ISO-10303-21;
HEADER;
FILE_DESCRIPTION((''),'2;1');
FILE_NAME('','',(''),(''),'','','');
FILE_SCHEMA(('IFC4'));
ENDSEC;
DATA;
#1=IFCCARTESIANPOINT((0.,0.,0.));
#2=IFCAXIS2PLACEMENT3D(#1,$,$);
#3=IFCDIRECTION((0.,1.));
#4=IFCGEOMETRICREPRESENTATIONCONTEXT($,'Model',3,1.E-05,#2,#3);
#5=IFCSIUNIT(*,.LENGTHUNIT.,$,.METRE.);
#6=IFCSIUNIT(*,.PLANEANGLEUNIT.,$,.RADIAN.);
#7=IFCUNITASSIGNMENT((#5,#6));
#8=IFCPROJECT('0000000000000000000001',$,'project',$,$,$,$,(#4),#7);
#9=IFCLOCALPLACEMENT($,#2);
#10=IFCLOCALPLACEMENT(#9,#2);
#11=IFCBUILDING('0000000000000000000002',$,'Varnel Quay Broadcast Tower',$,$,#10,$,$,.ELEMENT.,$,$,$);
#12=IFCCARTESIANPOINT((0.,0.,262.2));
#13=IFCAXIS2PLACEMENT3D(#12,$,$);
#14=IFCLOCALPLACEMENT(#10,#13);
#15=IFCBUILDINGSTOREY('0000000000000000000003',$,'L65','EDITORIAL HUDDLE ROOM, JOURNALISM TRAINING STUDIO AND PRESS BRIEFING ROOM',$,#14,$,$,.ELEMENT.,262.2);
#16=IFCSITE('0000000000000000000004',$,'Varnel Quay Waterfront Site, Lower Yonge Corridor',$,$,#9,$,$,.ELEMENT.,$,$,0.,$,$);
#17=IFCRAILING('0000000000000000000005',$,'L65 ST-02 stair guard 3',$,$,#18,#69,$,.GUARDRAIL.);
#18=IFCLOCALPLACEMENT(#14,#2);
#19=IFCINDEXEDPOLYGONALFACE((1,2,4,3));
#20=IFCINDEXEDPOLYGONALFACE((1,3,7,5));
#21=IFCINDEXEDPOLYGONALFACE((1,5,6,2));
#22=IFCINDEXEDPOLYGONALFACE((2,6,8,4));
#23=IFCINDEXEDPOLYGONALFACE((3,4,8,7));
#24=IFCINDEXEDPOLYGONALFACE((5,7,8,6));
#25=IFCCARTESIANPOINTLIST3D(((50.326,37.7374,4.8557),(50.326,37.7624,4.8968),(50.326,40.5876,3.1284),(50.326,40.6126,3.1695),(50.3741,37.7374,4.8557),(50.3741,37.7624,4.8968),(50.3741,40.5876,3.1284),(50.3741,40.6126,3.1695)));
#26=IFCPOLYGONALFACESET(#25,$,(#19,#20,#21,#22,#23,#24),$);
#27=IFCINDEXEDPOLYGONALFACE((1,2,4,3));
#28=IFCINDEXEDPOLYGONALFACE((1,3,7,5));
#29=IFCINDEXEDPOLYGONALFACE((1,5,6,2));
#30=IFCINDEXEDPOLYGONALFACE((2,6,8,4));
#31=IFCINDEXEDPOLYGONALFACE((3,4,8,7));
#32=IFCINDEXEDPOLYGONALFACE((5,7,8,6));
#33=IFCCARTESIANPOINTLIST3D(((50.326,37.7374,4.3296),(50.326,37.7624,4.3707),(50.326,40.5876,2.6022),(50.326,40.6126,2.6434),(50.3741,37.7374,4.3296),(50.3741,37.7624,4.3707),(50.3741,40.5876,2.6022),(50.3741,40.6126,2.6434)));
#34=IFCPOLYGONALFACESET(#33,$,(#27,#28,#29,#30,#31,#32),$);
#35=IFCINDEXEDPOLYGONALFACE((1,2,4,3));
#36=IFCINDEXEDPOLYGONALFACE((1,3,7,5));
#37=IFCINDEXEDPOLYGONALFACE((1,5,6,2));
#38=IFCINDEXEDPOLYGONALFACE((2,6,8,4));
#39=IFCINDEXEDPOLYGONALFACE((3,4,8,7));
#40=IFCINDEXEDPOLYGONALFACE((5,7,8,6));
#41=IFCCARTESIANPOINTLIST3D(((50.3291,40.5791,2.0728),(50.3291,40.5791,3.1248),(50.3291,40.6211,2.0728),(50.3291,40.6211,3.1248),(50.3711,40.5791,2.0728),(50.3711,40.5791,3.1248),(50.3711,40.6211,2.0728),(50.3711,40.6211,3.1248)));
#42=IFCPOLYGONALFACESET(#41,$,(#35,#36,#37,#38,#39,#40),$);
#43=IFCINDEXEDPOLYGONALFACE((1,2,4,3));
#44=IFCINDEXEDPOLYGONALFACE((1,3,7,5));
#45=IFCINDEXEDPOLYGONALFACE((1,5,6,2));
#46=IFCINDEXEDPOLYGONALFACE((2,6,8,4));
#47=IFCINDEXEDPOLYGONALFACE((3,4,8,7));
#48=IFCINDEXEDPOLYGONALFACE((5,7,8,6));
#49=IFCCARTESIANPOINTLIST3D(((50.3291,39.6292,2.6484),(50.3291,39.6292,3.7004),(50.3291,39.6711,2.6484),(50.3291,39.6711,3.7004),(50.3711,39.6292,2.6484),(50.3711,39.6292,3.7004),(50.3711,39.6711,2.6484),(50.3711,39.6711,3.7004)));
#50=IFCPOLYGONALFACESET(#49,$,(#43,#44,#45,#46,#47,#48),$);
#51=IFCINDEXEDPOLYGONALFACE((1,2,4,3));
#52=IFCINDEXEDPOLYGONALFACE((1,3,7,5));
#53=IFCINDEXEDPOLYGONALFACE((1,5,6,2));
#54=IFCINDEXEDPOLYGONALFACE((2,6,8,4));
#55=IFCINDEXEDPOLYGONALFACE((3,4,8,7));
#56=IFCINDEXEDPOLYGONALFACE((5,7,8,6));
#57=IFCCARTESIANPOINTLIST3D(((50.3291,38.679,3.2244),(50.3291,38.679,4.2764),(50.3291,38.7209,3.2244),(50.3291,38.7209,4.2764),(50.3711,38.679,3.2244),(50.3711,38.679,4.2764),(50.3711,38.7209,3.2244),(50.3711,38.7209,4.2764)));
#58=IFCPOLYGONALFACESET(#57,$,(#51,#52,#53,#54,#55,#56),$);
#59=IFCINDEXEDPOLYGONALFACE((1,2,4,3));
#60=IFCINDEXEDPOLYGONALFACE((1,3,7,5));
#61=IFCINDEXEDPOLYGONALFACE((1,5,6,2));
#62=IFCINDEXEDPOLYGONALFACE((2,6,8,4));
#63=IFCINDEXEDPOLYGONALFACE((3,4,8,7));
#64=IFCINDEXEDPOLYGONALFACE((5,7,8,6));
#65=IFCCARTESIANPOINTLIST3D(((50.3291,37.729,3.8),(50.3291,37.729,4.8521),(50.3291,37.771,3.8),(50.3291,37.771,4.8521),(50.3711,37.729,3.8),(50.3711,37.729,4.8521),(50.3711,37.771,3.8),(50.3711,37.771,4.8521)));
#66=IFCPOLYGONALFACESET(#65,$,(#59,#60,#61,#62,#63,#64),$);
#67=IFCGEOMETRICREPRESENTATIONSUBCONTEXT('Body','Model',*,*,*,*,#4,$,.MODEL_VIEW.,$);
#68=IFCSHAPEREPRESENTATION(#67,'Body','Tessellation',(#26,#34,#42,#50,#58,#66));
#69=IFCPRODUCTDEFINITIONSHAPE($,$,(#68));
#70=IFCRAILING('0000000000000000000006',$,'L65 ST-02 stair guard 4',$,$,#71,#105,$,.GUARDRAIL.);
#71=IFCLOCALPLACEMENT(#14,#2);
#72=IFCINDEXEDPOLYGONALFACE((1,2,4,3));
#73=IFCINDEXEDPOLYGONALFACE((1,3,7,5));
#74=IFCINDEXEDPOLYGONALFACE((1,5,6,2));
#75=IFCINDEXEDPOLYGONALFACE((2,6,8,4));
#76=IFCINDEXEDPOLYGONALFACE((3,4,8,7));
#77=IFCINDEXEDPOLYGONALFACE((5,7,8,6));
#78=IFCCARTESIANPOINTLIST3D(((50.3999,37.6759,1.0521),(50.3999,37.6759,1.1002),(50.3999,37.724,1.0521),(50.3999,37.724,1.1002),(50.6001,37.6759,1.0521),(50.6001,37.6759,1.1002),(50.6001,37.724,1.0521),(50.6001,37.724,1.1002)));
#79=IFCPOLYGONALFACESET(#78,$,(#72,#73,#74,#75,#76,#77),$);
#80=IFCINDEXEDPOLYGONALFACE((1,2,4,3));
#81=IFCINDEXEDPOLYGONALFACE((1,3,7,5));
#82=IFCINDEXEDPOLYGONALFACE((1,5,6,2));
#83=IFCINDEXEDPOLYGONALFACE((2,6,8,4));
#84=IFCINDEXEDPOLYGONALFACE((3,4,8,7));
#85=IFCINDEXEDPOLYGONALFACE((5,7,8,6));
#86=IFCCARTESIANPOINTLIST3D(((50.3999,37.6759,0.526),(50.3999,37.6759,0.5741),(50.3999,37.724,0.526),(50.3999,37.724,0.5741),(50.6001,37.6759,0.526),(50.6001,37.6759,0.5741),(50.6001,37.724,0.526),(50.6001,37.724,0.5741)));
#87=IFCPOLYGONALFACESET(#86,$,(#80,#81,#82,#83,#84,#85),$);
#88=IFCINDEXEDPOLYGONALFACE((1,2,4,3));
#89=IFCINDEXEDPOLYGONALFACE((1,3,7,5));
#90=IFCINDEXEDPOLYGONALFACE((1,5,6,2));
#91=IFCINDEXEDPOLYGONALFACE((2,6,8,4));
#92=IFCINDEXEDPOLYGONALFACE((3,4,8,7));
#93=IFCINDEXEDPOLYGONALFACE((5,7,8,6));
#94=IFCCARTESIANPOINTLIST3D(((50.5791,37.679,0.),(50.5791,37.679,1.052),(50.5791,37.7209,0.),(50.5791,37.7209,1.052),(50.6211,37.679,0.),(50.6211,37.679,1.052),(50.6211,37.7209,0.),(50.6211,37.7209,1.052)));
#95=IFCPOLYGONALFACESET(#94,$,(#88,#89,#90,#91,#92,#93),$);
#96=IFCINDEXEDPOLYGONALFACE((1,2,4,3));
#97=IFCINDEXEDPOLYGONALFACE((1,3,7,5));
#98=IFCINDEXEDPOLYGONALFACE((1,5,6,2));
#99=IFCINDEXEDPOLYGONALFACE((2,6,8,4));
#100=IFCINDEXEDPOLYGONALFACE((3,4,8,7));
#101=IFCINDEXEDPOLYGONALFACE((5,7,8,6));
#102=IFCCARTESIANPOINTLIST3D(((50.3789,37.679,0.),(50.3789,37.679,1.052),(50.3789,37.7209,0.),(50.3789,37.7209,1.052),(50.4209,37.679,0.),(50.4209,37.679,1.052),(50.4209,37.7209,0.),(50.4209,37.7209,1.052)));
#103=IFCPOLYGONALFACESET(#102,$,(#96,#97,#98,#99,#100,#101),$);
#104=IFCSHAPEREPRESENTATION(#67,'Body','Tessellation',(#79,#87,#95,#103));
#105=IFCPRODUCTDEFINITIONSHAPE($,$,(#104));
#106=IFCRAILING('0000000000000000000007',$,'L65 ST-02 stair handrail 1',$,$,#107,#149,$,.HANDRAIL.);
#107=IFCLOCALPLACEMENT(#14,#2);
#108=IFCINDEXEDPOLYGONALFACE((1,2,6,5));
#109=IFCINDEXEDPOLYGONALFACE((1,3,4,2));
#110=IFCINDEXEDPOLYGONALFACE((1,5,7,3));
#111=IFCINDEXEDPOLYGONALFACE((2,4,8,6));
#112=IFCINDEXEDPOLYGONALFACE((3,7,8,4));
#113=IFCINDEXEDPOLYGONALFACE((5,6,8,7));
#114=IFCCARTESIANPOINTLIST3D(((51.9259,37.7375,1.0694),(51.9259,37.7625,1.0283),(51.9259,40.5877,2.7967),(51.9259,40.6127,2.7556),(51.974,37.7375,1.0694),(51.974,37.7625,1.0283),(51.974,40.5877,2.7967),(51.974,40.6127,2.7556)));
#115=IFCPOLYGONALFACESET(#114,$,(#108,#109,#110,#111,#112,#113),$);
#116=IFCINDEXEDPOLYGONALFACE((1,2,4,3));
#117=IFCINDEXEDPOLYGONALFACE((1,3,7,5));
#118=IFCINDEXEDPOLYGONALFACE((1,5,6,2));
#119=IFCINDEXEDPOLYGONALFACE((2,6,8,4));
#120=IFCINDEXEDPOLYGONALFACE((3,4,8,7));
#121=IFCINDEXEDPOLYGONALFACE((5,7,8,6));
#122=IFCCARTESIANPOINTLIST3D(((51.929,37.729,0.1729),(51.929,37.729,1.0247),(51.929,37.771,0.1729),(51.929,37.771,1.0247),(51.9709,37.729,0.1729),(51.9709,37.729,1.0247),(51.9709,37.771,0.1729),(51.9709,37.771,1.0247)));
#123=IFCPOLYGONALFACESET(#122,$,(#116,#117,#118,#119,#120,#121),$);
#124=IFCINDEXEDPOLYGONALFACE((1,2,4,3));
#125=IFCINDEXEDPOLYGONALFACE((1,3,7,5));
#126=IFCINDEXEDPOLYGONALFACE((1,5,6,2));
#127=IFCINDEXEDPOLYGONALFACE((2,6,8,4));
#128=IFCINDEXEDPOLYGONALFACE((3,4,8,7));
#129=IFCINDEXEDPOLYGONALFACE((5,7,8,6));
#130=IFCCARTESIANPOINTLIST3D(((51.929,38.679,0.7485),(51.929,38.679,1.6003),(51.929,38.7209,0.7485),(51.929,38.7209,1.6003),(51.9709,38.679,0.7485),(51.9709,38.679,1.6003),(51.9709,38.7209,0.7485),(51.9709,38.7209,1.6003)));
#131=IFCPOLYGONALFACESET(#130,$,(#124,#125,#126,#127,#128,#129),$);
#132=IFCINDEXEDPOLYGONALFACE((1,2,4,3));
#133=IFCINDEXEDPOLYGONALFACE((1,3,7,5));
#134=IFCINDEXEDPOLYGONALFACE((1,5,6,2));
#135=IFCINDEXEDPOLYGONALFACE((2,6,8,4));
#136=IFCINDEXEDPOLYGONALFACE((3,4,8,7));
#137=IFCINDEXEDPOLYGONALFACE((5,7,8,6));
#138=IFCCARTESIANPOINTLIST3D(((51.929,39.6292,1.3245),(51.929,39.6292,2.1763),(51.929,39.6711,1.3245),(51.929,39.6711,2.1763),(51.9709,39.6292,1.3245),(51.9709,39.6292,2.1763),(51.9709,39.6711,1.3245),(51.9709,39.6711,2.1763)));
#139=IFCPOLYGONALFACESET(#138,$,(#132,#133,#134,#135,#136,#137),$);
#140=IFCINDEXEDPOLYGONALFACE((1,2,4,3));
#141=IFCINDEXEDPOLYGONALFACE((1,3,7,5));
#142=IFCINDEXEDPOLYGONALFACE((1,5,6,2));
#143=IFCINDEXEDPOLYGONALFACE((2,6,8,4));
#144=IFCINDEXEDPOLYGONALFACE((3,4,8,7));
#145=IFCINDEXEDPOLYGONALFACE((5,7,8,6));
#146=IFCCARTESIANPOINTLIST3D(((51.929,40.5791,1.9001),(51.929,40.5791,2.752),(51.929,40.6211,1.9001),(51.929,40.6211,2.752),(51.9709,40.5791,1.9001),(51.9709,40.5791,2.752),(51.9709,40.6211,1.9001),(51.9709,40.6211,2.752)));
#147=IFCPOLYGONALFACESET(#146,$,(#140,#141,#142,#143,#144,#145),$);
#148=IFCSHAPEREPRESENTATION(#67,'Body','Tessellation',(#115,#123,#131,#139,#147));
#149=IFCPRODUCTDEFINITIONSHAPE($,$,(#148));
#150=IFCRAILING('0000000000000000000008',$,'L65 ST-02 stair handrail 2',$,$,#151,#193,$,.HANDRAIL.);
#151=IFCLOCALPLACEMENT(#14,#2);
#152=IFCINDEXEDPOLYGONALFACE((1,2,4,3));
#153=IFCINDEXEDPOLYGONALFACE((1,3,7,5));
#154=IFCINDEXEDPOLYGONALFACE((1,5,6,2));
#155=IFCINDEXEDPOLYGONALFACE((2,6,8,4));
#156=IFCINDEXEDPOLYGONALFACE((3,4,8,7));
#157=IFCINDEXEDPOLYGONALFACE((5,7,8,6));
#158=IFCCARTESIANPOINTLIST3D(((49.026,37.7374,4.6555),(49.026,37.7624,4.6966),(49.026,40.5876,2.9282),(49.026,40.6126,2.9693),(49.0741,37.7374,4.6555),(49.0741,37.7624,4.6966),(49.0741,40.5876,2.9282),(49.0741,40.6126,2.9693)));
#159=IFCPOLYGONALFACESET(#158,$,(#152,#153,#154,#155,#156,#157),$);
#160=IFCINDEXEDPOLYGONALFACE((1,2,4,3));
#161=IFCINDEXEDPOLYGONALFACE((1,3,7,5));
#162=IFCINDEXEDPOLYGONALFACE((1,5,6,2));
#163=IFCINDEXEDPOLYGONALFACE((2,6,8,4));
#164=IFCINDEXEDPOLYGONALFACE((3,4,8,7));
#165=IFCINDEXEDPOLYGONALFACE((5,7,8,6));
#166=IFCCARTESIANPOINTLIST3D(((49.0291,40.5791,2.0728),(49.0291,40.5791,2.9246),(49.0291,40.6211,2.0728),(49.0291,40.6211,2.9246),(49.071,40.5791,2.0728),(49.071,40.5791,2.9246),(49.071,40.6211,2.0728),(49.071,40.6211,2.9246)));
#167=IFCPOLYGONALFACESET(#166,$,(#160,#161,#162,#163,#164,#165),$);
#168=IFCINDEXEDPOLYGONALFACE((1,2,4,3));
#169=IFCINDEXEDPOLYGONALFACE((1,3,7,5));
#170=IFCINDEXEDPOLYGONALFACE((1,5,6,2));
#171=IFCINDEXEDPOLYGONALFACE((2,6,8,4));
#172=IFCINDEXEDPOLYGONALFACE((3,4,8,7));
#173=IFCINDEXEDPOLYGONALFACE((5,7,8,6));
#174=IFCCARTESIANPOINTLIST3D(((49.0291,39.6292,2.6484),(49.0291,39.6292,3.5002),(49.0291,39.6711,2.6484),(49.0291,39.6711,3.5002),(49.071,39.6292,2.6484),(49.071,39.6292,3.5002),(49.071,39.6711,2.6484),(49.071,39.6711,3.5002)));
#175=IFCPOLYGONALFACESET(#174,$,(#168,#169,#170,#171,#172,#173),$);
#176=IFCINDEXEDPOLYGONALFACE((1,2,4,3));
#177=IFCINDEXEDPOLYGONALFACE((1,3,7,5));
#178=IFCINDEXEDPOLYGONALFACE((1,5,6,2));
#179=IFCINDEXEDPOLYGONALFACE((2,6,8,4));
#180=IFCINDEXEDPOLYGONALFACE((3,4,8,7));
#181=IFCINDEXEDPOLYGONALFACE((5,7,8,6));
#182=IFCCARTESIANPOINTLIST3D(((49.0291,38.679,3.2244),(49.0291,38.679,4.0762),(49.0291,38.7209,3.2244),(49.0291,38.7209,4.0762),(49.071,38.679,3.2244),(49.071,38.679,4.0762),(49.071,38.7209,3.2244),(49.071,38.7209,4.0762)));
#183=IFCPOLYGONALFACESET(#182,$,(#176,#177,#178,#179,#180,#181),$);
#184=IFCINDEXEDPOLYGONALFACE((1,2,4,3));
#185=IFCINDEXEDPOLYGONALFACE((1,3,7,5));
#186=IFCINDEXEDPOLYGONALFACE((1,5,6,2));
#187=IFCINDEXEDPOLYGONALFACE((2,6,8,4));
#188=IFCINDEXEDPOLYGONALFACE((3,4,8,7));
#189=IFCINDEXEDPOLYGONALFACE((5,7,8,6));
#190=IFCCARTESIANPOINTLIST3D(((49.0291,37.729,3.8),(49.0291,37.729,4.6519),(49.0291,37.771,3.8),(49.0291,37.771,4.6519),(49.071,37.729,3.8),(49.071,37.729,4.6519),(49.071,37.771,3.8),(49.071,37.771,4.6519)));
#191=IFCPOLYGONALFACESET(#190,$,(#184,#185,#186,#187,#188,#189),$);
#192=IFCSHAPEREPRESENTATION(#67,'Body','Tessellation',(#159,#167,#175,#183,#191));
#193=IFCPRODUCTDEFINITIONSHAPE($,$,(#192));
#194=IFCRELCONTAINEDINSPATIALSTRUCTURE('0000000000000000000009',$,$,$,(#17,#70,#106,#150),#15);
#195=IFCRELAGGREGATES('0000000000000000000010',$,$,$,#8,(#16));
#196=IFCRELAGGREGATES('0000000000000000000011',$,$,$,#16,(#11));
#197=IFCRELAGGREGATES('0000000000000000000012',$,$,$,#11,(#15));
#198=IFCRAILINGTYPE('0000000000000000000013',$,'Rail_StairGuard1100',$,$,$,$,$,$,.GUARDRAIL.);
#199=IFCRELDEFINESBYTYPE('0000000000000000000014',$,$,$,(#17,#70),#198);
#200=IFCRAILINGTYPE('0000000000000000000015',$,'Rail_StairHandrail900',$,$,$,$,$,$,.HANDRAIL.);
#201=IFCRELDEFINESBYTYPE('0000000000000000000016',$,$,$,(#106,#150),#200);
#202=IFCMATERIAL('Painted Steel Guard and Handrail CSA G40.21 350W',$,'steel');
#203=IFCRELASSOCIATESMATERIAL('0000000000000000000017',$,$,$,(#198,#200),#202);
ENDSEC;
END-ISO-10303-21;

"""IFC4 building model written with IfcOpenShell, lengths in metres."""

from ifc_helpers import new_model, si_unit, direction, frame, origin, origin_2d, place, context, subcontext, project, spatial, rectangle, extrude, material, type_object, element, save


model = new_model("IFC4")

# Units and contexts
model_context = context("Model", 3, precision=1e-05, world=origin(), true_north=direction((0.0, 1.0)))
body_context = subcontext(model_context, "Body", "Model", "MODEL_VIEW")
ifc_project = project(units=[si_unit("LENGTHUNIT", "METRE"), si_unit("PLANEANGLEUNIT", "RADIAN")], contexts=[model_context])

# Site, building, storey
site_placement = place(None, origin())
site = spatial("IfcSite", under=ifc_project, at=site_placement, Name="Varnel Quay Waterfront Site, Lower Yonge Corridor", CompositionType="ELEMENT", RefElevation=0.0)
building_placement = place(site_placement, origin())
building = spatial("IfcBuilding", under=site, at=building_placement, Name="Varnel Quay Broadcast Tower", CompositionType="ELEMENT")
storey_placement = place(building_placement, frame((0.0, 0.0, 262.2)))
storey = spatial("IfcBuildingStorey", under=building, at=storey_placement, Name="L65", Description="EDITORIAL HUDDLE ROOM, JOURNALISM TRAINING STUDIO AND PRESS BRIEFING ROOM", CompositionType="ELEMENT", Elevation=262.2)

# Railings
ifc_material_1 = material(Name="Painted Steel Guard and Handrail CSA G40.21 350W", Category="steel")
railing_type_1 = type_object("IfcRailingType", Name="Rail_StairGuard1100", PredefinedType="GUARDRAIL", material=ifc_material_1)
railing_1_placement = place(storey_placement, frame((50.3501, 40.6001, 2.0728)))
element("IfcRailing", 1, at=railing_1_placement, inside=storey, type_object=railing_type_1, Name="L65 ST-02 stair guard 3", PredefinedType="GUARDRAIL", context=body_context, shape_type="SweptSolid", body=[
    extrude(rectangle(XDim=0.0481, YDim=0.0481, at=origin_2d()), frame((0.0, 0.0, 1.0762), z_axis=(0.0, -0.855203, 0.518294), x_axis=(1.0, 0.0, 0.0)), (0.0, 0.0, 1.0), 3.3328),
    extrude(rectangle(XDim=0.0481, YDim=0.0481, at=origin_2d()), frame((0.0, 0.0, 0.55), z_axis=(0.0, -0.855203, 0.518294), x_axis=(1.0, 0.0, 0.0)), (0.0, 0.0, 1.0), 3.3328),
    extrude(rectangle(XDim=0.042, YDim=0.042, at=origin_2d()), origin(), (0.0, 0.0, 1.0), 1.052),
    extrude(rectangle(XDim=0.042, YDim=0.042, at=origin_2d()), frame((0.0, -0.95, 0.5757)), (0.0, 0.0, 1.0), 1.052),
    extrude(rectangle(XDim=0.042, YDim=0.042, at=origin_2d()), frame((0.0, -1.9001, 1.1516)), (0.0, 0.0, 1.0), 1.052),
    extrude(rectangle(XDim=0.042, YDim=0.042, at=origin_2d()), frame((0.0, -2.8501, 1.7273)), (0.0, 0.0, 1.0), 1.052),
])
railing_2_placement = place(storey_placement, frame((50.6001, 37.7, 0.0)))
element("IfcRailing", 2, at=railing_2_placement, inside=storey, type_object=railing_type_1, Name="L65 ST-02 stair guard 4", PredefinedType="GUARDRAIL", context=body_context, shape_type="SweptSolid", body=[
    extrude(rectangle(XDim=0.0481, YDim=0.0481, at=origin_2d()), frame((0.0, 0.0, 1.0762), z_axis=(-1.0, 0.0, 0.0), x_axis=(0.0, -1.0, 0.0)), (0.0, 0.0, 1.0), 0.2002),
    extrude(rectangle(XDim=0.0481, YDim=0.0481, at=origin_2d()), frame((0.0, 0.0, 0.55), z_axis=(-1.0, 0.0, 0.0), x_axis=(0.0, -1.0, 0.0)), (0.0, 0.0, 1.0), 0.2002),
    extrude(rectangle(XDim=0.042, YDim=0.042, at=origin_2d()), origin(), (0.0, 0.0, 1.0), 1.052),
    extrude(rectangle(XDim=0.042, YDim=0.042, at=origin_2d()), frame((-0.2002, 0.0, 0.0)), (0.0, 0.0, 1.0), 1.052),
])
railing_type_2 = type_object("IfcRailingType", Name="Rail_StairHandrail900", PredefinedType="HANDRAIL", material=ifc_material_1)
railing_3_placement = place(storey_placement, frame((51.95, 37.75, 0.1729)))
element("IfcRailing", 3, at=railing_3_placement, inside=storey, type_object=railing_type_2, Name="L65 ST-02 stair handrail 1", PredefinedType="HANDRAIL", context=body_context, shape_type="SweptSolid", body=[
    extrude(rectangle(XDim=0.0481, YDim=0.0481, at=origin_2d()), frame((0.0, 0.0, 0.876), z_axis=(0.0, 0.855203, 0.518294), x_axis=(-1.0, 0.0, 0.0)), (0.0, 0.0, 1.0), 3.3328),
    extrude(rectangle(XDim=0.042, YDim=0.042, at=origin_2d()), origin(), (0.0, 0.0, 1.0), 0.8518),
    extrude(rectangle(XDim=0.042, YDim=0.042, at=origin_2d()), frame((0.0, 0.95, 0.5757)), (0.0, 0.0, 1.0), 0.8518),
    extrude(rectangle(XDim=0.042, YDim=0.042, at=origin_2d()), frame((0.0, 1.9001, 1.1516)), (0.0, 0.0, 1.0), 0.8518),
    extrude(rectangle(XDim=0.042, YDim=0.042, at=origin_2d()), frame((0.0, 2.8501, 1.7273)), (0.0, 0.0, 1.0), 0.8518),
])
railing_4_placement = place(storey_placement, frame((49.05, 40.6001, 2.0728)))
element("IfcRailing", 4, at=railing_4_placement, inside=storey, type_object=railing_type_2, Name="L65 ST-02 stair handrail 2", PredefinedType="HANDRAIL", context=body_context, shape_type="SweptSolid", body=[
    extrude(rectangle(XDim=0.0481, YDim=0.0481, at=origin_2d()), frame((0.0, 0.0, 0.876), z_axis=(0.0, -0.855203, 0.518294), x_axis=(1.0, 0.0, 0.0)), (0.0, 0.0, 1.0), 3.3328),
    extrude(rectangle(XDim=0.042, YDim=0.042, at=origin_2d()), origin(), (0.0, 0.0, 1.0), 0.8518),
    extrude(rectangle(XDim=0.042, YDim=0.042, at=origin_2d()), frame((0.0, -0.95, 0.5757)), (0.0, 0.0, 1.0), 0.8518),
    extrude(rectangle(XDim=0.042, YDim=0.042, at=origin_2d()), frame((0.0, -1.9001, 1.1516)), (0.0, 0.0, 1.0), 0.8518),
    extrude(rectangle(XDim=0.042, YDim=0.042, at=origin_2d()), frame((0.0, -2.8501, 1.7273)), (0.0, 0.0, 1.0), 0.8518),
])

save(model, "model.ifc")
